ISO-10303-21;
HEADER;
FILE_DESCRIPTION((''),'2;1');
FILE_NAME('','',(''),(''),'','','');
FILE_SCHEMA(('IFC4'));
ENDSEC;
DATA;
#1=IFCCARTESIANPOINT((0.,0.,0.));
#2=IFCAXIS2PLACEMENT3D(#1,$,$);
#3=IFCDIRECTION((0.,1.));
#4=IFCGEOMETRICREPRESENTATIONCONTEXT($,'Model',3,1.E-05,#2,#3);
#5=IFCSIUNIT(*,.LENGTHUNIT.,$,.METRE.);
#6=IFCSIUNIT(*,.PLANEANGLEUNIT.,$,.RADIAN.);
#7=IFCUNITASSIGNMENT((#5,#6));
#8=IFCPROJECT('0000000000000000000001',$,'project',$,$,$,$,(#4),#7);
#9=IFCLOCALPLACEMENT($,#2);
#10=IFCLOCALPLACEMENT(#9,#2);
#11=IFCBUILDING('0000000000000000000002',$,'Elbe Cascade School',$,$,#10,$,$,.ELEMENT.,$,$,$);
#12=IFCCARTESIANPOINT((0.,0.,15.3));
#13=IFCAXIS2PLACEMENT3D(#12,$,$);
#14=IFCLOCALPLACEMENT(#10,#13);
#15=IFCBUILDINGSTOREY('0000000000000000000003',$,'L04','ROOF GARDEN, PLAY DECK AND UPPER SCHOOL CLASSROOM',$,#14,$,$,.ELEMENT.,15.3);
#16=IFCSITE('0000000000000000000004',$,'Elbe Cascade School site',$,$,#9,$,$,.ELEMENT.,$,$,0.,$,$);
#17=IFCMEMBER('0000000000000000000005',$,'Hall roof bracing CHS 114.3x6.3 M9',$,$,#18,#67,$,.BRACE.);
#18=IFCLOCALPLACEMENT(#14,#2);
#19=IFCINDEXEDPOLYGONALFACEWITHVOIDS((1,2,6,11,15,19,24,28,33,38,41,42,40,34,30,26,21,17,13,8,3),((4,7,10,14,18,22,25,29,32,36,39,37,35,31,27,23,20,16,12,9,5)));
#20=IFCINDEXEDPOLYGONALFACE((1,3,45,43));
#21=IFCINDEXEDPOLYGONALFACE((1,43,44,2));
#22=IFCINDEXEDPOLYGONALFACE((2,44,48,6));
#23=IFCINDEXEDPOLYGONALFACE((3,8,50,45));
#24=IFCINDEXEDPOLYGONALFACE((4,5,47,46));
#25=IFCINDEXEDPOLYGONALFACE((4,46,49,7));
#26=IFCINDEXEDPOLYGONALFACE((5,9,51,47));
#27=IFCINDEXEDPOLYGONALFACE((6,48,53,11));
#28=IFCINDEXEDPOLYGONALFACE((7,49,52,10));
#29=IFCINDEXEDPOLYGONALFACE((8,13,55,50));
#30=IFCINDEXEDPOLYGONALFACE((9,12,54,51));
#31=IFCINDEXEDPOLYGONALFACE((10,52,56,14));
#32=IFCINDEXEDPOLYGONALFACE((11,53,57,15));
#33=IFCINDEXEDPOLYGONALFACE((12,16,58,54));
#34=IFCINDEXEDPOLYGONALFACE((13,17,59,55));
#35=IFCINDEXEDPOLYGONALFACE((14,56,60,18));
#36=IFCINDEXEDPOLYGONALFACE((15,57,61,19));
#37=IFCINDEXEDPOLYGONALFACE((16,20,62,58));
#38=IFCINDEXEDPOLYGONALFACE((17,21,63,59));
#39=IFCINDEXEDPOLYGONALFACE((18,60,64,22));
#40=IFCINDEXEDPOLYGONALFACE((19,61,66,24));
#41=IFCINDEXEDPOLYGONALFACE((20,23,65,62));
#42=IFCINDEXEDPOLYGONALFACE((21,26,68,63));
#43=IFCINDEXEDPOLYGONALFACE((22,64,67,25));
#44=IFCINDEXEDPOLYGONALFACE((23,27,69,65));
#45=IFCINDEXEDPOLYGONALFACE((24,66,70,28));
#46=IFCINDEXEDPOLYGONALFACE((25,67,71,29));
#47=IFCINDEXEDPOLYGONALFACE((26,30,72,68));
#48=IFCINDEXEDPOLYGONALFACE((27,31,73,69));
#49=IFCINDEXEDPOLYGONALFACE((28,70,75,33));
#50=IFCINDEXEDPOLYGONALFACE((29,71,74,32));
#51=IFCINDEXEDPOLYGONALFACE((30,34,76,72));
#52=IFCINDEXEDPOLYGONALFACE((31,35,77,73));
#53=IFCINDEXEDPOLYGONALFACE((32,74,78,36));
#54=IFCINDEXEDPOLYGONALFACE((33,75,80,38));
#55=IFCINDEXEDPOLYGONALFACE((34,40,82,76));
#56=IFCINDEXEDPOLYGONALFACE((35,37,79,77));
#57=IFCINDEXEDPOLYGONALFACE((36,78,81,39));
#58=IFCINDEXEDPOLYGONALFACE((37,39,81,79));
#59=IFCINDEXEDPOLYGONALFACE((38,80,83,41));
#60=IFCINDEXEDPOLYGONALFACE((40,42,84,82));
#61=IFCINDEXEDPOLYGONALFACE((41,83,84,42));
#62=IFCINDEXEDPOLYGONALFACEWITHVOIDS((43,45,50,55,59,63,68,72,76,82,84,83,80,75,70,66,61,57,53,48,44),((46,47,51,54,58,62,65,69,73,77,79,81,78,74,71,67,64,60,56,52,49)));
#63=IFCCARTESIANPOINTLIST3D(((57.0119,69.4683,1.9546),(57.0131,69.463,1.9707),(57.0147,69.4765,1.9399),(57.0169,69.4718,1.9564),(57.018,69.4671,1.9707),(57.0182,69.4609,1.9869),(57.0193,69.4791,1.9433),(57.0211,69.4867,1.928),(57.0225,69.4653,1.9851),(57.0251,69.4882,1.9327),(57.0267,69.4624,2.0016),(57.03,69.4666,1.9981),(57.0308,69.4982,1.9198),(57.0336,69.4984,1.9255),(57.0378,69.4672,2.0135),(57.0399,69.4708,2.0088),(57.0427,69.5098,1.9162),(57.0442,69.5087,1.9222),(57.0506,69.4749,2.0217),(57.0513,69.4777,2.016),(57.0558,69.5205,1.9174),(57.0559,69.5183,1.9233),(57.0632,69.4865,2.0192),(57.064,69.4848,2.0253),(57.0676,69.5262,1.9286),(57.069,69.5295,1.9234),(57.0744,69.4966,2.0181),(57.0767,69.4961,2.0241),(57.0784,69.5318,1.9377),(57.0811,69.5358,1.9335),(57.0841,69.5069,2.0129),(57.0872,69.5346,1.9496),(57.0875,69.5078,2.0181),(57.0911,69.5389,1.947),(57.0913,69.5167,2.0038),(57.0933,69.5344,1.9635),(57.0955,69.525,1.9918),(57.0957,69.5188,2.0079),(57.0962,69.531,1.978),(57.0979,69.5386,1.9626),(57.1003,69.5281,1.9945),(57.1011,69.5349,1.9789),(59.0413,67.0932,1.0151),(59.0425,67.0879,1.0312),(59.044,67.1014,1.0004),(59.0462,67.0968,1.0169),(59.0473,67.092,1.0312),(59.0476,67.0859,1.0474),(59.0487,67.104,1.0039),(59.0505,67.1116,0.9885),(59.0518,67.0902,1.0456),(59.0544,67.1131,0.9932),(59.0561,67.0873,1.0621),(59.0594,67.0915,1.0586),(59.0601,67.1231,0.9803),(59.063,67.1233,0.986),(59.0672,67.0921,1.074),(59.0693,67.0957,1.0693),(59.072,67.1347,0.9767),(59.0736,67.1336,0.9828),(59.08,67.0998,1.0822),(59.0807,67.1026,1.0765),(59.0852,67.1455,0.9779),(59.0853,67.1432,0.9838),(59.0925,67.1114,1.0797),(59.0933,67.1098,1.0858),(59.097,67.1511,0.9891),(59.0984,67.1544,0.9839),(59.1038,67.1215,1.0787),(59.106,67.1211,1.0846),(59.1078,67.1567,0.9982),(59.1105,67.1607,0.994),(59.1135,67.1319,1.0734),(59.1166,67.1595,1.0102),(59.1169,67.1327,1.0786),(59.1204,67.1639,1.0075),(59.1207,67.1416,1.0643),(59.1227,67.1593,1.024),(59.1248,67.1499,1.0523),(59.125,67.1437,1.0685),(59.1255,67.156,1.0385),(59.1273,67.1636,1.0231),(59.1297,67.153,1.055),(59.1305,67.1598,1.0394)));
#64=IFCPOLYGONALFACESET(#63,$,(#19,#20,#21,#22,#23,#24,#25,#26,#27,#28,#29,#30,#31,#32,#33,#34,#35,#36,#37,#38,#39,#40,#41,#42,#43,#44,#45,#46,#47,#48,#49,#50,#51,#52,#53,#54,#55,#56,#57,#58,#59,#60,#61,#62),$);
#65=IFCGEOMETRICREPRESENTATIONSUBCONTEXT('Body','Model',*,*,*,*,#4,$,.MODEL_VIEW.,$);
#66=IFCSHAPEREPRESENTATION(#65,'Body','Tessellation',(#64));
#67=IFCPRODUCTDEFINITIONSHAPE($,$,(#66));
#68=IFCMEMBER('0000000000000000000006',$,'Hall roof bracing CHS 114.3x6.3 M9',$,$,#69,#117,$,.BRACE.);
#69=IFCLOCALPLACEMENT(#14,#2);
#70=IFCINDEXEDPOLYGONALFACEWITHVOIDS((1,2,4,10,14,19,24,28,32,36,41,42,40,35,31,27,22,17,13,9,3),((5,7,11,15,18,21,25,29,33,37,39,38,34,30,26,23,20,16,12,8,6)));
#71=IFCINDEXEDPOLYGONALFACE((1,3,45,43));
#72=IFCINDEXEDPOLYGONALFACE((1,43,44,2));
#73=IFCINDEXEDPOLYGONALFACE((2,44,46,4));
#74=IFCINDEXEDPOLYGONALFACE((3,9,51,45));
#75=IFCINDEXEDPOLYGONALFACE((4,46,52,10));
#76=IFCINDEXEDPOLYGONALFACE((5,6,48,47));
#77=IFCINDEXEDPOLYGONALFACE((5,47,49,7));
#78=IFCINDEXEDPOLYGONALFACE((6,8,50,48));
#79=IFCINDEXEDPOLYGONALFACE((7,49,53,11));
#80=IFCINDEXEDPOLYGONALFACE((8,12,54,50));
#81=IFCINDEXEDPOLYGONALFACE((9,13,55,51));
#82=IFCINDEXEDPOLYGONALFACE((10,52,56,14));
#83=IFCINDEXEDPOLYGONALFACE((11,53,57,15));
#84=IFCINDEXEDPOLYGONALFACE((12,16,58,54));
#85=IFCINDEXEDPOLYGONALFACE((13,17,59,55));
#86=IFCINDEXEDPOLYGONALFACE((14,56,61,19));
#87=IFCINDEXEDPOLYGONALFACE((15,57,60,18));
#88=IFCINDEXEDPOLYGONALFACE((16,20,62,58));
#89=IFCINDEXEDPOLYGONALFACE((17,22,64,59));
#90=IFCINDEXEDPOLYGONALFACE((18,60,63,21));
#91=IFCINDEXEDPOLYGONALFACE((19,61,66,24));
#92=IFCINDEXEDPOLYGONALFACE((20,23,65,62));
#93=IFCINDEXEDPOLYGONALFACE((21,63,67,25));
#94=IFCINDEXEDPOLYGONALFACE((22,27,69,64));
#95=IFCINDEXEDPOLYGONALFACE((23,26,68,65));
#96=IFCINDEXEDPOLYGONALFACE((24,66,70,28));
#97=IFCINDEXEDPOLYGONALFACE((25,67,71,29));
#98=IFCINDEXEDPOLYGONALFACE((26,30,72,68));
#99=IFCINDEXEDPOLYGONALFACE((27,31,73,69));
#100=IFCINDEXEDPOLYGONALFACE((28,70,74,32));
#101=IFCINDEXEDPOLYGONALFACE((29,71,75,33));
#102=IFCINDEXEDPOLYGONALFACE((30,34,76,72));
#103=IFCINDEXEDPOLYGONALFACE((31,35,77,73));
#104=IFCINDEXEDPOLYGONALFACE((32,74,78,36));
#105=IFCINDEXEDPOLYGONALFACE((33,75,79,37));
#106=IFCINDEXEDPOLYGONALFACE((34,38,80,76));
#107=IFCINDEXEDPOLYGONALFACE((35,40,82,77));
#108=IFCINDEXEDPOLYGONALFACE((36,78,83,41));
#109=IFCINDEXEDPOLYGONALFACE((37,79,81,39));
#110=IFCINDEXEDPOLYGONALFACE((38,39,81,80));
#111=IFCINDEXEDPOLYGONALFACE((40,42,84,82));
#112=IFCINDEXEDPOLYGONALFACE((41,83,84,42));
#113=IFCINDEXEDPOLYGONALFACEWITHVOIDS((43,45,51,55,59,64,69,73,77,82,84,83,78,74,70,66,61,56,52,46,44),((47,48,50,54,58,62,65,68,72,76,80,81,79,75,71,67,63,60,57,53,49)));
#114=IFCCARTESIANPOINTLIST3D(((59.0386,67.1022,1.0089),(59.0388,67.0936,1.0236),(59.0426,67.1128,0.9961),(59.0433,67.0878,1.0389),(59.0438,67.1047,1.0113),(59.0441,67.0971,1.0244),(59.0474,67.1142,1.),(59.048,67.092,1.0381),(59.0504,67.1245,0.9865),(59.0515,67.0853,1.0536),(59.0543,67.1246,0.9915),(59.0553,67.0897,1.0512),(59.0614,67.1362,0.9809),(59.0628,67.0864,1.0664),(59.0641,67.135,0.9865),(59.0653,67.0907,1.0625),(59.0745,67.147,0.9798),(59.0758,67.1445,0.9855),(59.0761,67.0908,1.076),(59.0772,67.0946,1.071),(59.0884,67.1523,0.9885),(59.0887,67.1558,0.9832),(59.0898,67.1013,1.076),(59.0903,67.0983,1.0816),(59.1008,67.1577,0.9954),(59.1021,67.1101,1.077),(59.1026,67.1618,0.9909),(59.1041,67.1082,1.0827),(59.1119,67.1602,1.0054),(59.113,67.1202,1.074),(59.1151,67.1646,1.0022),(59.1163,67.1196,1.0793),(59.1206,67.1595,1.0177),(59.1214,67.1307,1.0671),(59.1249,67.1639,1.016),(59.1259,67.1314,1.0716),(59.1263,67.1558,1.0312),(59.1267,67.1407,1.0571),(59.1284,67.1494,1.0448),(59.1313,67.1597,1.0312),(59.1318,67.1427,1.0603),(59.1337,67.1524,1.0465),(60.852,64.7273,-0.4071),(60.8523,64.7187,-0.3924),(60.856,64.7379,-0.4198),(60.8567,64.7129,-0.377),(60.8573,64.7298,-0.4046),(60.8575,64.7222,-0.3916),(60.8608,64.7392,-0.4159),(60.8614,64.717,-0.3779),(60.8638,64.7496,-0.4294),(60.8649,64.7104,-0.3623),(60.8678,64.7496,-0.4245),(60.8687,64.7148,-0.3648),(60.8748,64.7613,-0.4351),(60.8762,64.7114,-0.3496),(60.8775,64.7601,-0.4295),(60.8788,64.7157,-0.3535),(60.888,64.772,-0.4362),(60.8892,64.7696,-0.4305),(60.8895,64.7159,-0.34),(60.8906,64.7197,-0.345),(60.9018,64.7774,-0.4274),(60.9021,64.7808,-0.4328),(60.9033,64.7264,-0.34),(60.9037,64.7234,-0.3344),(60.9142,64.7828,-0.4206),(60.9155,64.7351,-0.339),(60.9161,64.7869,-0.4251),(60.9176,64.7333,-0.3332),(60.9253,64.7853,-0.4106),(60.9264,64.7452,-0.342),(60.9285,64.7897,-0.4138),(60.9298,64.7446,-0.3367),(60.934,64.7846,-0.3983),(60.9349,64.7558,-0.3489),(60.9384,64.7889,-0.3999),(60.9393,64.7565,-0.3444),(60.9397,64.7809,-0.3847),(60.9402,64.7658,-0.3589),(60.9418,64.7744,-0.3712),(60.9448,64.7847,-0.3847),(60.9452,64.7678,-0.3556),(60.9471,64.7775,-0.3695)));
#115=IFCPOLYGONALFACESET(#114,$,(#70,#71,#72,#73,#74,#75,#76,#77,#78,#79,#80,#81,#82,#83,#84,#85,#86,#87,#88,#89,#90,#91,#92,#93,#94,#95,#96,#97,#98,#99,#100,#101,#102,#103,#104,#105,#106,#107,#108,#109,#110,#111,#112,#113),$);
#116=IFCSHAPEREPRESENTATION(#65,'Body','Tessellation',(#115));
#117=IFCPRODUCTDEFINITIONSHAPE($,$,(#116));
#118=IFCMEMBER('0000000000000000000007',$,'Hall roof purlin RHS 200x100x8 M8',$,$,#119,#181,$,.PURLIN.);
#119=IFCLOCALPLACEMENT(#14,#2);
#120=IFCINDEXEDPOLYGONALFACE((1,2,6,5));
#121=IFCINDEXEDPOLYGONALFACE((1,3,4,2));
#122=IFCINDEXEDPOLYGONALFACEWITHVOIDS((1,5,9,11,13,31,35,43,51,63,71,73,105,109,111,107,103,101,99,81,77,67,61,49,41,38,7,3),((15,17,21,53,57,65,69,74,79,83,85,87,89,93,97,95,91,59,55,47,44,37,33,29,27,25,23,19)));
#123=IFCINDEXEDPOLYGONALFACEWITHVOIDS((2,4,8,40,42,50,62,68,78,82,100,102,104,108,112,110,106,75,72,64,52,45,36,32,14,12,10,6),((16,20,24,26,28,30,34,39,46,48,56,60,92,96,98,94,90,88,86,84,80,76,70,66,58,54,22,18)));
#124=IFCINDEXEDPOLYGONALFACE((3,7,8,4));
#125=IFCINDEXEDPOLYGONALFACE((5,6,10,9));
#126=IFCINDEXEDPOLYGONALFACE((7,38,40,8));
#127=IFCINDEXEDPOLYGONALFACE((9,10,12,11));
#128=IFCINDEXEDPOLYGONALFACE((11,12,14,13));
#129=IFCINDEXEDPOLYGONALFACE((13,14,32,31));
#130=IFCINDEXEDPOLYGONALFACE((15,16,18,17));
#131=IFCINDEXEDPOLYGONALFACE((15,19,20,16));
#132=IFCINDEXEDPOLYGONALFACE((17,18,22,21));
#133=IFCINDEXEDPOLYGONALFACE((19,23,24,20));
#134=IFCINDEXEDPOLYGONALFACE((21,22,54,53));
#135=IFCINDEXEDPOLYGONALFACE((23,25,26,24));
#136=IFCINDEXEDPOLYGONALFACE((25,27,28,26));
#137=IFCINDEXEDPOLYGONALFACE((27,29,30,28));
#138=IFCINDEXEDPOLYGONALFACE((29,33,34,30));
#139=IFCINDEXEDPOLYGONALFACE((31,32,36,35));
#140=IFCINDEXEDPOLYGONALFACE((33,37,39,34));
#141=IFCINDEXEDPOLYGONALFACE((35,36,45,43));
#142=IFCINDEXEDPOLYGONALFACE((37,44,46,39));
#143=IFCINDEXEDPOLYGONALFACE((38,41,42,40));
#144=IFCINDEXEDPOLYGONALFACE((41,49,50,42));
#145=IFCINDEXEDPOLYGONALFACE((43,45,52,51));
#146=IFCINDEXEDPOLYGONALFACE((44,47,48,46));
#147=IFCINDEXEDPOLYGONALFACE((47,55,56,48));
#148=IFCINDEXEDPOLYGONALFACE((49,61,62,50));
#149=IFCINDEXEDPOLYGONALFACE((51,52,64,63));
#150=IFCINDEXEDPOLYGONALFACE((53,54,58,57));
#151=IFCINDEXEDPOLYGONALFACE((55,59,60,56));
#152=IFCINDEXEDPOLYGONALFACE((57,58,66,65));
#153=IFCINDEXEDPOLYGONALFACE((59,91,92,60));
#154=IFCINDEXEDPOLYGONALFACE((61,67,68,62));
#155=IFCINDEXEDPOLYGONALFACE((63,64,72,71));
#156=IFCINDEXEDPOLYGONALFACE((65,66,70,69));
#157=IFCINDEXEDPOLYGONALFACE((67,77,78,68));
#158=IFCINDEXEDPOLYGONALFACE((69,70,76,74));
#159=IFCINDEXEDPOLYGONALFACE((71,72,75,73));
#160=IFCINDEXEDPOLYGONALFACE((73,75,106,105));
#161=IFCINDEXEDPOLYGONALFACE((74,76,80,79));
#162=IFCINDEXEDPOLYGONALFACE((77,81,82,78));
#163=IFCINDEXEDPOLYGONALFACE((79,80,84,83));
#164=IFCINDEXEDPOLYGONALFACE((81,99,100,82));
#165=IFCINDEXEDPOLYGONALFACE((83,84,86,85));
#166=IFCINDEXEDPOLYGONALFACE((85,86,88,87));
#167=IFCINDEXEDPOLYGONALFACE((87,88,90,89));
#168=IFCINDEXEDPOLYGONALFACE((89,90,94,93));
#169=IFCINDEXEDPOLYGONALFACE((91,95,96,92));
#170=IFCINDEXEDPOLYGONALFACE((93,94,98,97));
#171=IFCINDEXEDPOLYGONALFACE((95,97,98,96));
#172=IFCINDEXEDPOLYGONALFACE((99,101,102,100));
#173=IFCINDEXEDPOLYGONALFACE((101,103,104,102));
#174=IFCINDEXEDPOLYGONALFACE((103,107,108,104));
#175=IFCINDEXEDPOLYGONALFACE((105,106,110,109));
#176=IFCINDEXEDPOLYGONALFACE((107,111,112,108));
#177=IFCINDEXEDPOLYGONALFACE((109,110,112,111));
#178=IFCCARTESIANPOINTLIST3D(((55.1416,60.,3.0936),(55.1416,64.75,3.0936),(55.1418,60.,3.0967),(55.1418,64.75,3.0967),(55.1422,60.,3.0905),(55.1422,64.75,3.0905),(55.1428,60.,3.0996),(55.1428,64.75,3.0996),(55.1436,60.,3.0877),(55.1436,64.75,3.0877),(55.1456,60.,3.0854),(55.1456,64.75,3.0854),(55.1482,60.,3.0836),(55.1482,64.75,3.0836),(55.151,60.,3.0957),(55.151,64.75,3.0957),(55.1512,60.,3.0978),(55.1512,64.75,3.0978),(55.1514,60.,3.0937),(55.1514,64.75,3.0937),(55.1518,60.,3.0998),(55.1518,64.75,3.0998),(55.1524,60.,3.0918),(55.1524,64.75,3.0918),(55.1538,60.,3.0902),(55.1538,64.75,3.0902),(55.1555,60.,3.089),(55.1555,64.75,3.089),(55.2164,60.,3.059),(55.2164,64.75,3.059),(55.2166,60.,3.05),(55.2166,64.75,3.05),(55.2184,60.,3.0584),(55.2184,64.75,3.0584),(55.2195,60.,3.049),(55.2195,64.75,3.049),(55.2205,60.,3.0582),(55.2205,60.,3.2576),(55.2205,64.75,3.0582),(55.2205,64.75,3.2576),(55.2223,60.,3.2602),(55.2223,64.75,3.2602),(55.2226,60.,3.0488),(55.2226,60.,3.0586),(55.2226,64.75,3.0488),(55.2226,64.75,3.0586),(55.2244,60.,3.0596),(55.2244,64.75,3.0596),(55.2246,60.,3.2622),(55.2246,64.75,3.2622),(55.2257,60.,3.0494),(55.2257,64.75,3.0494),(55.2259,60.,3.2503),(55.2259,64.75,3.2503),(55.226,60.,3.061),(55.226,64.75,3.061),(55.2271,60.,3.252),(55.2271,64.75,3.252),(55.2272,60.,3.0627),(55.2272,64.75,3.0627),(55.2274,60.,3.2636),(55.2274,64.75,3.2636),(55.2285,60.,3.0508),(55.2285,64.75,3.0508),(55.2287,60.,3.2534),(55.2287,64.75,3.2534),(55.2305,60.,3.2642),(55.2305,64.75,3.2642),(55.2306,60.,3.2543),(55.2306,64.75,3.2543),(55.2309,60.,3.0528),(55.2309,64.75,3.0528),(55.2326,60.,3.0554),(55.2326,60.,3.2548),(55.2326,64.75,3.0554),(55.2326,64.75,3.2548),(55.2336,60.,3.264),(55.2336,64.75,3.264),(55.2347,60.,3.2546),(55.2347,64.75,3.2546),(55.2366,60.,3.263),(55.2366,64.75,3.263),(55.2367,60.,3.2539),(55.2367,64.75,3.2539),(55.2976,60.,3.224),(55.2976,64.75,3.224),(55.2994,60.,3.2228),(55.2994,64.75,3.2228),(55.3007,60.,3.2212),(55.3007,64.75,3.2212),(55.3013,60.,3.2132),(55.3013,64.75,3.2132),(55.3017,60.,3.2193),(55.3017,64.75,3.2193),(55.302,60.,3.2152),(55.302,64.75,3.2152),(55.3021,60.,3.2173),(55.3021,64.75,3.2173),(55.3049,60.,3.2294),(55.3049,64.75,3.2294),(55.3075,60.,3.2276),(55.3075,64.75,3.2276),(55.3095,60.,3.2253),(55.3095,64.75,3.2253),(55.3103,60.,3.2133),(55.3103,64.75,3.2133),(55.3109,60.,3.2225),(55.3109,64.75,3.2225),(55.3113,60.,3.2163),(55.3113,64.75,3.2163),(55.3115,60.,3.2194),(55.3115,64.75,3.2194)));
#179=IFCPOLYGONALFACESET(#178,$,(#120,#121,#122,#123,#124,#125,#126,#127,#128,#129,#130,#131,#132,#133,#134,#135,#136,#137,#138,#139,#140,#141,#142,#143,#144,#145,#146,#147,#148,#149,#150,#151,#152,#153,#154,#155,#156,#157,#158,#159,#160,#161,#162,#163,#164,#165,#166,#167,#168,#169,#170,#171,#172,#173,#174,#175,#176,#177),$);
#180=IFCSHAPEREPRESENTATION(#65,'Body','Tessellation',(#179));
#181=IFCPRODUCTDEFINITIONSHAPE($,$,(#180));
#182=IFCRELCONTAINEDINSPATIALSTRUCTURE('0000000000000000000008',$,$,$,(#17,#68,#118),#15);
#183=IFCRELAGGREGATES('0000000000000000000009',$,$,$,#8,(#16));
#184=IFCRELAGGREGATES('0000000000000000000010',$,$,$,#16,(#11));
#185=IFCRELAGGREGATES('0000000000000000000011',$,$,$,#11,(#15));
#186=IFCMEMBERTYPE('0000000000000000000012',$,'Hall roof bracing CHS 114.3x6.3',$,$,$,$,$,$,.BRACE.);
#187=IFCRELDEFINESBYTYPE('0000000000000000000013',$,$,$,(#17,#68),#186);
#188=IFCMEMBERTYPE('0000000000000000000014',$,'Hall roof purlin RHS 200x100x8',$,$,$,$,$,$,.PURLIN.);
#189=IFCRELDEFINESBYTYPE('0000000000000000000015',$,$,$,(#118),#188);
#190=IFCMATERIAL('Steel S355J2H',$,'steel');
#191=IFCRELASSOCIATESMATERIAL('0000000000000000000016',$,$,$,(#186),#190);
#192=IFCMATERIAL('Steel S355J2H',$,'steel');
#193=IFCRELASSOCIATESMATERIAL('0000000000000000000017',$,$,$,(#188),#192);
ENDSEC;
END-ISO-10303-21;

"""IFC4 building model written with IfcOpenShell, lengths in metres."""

from ifc_helpers import new_model, si_unit, direction, frame, origin, origin_2d, place, context, subcontext, project, spatial, hollow_rectangle, hollow_circle, extrude, material, material_profile, profile_set, type_object, element, save


model = new_model("IFC4")

# Units and contexts
model_context = context("Model", 3, precision=1e-05, world=origin(), true_north=direction((0.0, 1.0)))
body_context = subcontext(model_context, "Body", "Model", "MODEL_VIEW")
ifc_project = project(units=[si_unit("LENGTHUNIT", "METRE"), si_unit("PLANEANGLEUNIT", "RADIAN")], contexts=[model_context])

# Site, building, storey
site_placement = place(None, origin())
site = spatial("IfcSite", under=ifc_project, at=site_placement, Name="Elbe Cascade School site", CompositionType="ELEMENT", RefElevation=0.0)
building_placement = place(site_placement, origin())
building = spatial("IfcBuilding", under=site, at=building_placement, Name="Elbe Cascade School", CompositionType="ELEMENT")
storey_placement = place(building_placement, frame((0.0, 0.0, 15.3)))
storey = spatial("IfcBuildingStorey", under=building, at=storey_placement, Name="L04", Description="ROOF GARDEN, PLAY DECK AND UPPER SCHOOL CLASSROOM", CompositionType="ELEMENT", Elevation=15.3)

# Members
ifc_material_1 = material(Name="Steel S355J2H", Category="steel")
ifc_material_profile_1 = material_profile(ifc_material_1, hollow_circle(Radius=0.0571, WallThickness=0.0063, at=origin_2d()), Name="CHS 114.3x6.3")
ifc_profile_set_1 = profile_set([ifc_material_profile_1], Name="Steel S355J2H")
member_type_1 = type_object("IfcMemberType", Name="Hall roof bracing CHS 114.3x6.3", PredefinedType="BRACE", material=ifc_profile_set_1)
member_1_placement = place(storey_placement, frame((59.0859, 67.125, 1.0312), z_axis=(-0.622085, 0.72806, 0.287991), x_axis=(-0.760271, -0.649606, 0.0)))
element("IfcMember", 1, at=member_1_placement, inside=storey, type_object=member_type_1, Name="Hall roof bracing CHS 114.3x6.3 M9", PredefinedType="BRACE", context=body_context, shape_type="SweptSolid", body=[
    extrude(hollow_circle(Radius=0.0571, WallThickness=0.0063, at=origin_2d()), origin(), (0.0, 0.0, 1.0), 3.2622),
])
member_2_placement = place(storey_placement, frame((59.0859, 67.125, 1.0312), z_axis=(0.548421, -0.718234, -0.428223), x_axis=(0.794794, 0.60688, 0.0)))
element("IfcMember", 2, at=member_2_placement, inside=storey, type_object=member_type_1, Name="Hall roof bracing CHS 114.3x6.3 M9", PredefinedType="BRACE", context=body_context, shape_type="SweptSolid", body=[
    extrude(hollow_circle(Radius=0.0571, WallThickness=0.0063, at=origin_2d()), origin(), (0.0, 0.0, 1.0), 3.3066),
])
ifc_material_2 = material(Name="Steel S355J2H", Category="steel")
ifc_material_profile_2 = material_profile(ifc_material_2, hollow_rectangle(XDim=0.1001, YDim=0.2, WallThickness=0.0081, InnerFilletRadius=0.0081, OuterFilletRadius=0.012, at=origin_2d()), Name="RHS 200x100x8")
ifc_profile_set_2 = profile_set([ifc_material_profile_2], Name="Steel S355J2H")
member_type_2 = type_object("IfcMemberType", Name="Hall roof purlin RHS 200x100x8", PredefinedType="PURLIN", material=ifc_profile_set_2)
for number, where, z_axis, x_axis, name in (
    (3, (55.2266, 60.0, 3.1565), (0.0, 1.0, 0.0), (-0.897163, 0.0, 0.441699), "Hall roof purlin RHS 200x100x8 M8"),
):
    element("IfcMember", number, at=place(storey_placement, frame(where, z_axis=z_axis, x_axis=x_axis)), inside=storey, type_object=member_type_2, Name=name, PredefinedType="PURLIN", context=body_context, shape_type="SweptSolid", body=[
        extrude(hollow_rectangle(XDim=0.1001, YDim=0.2, WallThickness=0.0081, InnerFilletRadius=0.0081, OuterFilletRadius=0.012, at=origin_2d()), origin(), (0.0, 0.0, 1.0), 4.75),
    ])

save(model, "model.ifc")
